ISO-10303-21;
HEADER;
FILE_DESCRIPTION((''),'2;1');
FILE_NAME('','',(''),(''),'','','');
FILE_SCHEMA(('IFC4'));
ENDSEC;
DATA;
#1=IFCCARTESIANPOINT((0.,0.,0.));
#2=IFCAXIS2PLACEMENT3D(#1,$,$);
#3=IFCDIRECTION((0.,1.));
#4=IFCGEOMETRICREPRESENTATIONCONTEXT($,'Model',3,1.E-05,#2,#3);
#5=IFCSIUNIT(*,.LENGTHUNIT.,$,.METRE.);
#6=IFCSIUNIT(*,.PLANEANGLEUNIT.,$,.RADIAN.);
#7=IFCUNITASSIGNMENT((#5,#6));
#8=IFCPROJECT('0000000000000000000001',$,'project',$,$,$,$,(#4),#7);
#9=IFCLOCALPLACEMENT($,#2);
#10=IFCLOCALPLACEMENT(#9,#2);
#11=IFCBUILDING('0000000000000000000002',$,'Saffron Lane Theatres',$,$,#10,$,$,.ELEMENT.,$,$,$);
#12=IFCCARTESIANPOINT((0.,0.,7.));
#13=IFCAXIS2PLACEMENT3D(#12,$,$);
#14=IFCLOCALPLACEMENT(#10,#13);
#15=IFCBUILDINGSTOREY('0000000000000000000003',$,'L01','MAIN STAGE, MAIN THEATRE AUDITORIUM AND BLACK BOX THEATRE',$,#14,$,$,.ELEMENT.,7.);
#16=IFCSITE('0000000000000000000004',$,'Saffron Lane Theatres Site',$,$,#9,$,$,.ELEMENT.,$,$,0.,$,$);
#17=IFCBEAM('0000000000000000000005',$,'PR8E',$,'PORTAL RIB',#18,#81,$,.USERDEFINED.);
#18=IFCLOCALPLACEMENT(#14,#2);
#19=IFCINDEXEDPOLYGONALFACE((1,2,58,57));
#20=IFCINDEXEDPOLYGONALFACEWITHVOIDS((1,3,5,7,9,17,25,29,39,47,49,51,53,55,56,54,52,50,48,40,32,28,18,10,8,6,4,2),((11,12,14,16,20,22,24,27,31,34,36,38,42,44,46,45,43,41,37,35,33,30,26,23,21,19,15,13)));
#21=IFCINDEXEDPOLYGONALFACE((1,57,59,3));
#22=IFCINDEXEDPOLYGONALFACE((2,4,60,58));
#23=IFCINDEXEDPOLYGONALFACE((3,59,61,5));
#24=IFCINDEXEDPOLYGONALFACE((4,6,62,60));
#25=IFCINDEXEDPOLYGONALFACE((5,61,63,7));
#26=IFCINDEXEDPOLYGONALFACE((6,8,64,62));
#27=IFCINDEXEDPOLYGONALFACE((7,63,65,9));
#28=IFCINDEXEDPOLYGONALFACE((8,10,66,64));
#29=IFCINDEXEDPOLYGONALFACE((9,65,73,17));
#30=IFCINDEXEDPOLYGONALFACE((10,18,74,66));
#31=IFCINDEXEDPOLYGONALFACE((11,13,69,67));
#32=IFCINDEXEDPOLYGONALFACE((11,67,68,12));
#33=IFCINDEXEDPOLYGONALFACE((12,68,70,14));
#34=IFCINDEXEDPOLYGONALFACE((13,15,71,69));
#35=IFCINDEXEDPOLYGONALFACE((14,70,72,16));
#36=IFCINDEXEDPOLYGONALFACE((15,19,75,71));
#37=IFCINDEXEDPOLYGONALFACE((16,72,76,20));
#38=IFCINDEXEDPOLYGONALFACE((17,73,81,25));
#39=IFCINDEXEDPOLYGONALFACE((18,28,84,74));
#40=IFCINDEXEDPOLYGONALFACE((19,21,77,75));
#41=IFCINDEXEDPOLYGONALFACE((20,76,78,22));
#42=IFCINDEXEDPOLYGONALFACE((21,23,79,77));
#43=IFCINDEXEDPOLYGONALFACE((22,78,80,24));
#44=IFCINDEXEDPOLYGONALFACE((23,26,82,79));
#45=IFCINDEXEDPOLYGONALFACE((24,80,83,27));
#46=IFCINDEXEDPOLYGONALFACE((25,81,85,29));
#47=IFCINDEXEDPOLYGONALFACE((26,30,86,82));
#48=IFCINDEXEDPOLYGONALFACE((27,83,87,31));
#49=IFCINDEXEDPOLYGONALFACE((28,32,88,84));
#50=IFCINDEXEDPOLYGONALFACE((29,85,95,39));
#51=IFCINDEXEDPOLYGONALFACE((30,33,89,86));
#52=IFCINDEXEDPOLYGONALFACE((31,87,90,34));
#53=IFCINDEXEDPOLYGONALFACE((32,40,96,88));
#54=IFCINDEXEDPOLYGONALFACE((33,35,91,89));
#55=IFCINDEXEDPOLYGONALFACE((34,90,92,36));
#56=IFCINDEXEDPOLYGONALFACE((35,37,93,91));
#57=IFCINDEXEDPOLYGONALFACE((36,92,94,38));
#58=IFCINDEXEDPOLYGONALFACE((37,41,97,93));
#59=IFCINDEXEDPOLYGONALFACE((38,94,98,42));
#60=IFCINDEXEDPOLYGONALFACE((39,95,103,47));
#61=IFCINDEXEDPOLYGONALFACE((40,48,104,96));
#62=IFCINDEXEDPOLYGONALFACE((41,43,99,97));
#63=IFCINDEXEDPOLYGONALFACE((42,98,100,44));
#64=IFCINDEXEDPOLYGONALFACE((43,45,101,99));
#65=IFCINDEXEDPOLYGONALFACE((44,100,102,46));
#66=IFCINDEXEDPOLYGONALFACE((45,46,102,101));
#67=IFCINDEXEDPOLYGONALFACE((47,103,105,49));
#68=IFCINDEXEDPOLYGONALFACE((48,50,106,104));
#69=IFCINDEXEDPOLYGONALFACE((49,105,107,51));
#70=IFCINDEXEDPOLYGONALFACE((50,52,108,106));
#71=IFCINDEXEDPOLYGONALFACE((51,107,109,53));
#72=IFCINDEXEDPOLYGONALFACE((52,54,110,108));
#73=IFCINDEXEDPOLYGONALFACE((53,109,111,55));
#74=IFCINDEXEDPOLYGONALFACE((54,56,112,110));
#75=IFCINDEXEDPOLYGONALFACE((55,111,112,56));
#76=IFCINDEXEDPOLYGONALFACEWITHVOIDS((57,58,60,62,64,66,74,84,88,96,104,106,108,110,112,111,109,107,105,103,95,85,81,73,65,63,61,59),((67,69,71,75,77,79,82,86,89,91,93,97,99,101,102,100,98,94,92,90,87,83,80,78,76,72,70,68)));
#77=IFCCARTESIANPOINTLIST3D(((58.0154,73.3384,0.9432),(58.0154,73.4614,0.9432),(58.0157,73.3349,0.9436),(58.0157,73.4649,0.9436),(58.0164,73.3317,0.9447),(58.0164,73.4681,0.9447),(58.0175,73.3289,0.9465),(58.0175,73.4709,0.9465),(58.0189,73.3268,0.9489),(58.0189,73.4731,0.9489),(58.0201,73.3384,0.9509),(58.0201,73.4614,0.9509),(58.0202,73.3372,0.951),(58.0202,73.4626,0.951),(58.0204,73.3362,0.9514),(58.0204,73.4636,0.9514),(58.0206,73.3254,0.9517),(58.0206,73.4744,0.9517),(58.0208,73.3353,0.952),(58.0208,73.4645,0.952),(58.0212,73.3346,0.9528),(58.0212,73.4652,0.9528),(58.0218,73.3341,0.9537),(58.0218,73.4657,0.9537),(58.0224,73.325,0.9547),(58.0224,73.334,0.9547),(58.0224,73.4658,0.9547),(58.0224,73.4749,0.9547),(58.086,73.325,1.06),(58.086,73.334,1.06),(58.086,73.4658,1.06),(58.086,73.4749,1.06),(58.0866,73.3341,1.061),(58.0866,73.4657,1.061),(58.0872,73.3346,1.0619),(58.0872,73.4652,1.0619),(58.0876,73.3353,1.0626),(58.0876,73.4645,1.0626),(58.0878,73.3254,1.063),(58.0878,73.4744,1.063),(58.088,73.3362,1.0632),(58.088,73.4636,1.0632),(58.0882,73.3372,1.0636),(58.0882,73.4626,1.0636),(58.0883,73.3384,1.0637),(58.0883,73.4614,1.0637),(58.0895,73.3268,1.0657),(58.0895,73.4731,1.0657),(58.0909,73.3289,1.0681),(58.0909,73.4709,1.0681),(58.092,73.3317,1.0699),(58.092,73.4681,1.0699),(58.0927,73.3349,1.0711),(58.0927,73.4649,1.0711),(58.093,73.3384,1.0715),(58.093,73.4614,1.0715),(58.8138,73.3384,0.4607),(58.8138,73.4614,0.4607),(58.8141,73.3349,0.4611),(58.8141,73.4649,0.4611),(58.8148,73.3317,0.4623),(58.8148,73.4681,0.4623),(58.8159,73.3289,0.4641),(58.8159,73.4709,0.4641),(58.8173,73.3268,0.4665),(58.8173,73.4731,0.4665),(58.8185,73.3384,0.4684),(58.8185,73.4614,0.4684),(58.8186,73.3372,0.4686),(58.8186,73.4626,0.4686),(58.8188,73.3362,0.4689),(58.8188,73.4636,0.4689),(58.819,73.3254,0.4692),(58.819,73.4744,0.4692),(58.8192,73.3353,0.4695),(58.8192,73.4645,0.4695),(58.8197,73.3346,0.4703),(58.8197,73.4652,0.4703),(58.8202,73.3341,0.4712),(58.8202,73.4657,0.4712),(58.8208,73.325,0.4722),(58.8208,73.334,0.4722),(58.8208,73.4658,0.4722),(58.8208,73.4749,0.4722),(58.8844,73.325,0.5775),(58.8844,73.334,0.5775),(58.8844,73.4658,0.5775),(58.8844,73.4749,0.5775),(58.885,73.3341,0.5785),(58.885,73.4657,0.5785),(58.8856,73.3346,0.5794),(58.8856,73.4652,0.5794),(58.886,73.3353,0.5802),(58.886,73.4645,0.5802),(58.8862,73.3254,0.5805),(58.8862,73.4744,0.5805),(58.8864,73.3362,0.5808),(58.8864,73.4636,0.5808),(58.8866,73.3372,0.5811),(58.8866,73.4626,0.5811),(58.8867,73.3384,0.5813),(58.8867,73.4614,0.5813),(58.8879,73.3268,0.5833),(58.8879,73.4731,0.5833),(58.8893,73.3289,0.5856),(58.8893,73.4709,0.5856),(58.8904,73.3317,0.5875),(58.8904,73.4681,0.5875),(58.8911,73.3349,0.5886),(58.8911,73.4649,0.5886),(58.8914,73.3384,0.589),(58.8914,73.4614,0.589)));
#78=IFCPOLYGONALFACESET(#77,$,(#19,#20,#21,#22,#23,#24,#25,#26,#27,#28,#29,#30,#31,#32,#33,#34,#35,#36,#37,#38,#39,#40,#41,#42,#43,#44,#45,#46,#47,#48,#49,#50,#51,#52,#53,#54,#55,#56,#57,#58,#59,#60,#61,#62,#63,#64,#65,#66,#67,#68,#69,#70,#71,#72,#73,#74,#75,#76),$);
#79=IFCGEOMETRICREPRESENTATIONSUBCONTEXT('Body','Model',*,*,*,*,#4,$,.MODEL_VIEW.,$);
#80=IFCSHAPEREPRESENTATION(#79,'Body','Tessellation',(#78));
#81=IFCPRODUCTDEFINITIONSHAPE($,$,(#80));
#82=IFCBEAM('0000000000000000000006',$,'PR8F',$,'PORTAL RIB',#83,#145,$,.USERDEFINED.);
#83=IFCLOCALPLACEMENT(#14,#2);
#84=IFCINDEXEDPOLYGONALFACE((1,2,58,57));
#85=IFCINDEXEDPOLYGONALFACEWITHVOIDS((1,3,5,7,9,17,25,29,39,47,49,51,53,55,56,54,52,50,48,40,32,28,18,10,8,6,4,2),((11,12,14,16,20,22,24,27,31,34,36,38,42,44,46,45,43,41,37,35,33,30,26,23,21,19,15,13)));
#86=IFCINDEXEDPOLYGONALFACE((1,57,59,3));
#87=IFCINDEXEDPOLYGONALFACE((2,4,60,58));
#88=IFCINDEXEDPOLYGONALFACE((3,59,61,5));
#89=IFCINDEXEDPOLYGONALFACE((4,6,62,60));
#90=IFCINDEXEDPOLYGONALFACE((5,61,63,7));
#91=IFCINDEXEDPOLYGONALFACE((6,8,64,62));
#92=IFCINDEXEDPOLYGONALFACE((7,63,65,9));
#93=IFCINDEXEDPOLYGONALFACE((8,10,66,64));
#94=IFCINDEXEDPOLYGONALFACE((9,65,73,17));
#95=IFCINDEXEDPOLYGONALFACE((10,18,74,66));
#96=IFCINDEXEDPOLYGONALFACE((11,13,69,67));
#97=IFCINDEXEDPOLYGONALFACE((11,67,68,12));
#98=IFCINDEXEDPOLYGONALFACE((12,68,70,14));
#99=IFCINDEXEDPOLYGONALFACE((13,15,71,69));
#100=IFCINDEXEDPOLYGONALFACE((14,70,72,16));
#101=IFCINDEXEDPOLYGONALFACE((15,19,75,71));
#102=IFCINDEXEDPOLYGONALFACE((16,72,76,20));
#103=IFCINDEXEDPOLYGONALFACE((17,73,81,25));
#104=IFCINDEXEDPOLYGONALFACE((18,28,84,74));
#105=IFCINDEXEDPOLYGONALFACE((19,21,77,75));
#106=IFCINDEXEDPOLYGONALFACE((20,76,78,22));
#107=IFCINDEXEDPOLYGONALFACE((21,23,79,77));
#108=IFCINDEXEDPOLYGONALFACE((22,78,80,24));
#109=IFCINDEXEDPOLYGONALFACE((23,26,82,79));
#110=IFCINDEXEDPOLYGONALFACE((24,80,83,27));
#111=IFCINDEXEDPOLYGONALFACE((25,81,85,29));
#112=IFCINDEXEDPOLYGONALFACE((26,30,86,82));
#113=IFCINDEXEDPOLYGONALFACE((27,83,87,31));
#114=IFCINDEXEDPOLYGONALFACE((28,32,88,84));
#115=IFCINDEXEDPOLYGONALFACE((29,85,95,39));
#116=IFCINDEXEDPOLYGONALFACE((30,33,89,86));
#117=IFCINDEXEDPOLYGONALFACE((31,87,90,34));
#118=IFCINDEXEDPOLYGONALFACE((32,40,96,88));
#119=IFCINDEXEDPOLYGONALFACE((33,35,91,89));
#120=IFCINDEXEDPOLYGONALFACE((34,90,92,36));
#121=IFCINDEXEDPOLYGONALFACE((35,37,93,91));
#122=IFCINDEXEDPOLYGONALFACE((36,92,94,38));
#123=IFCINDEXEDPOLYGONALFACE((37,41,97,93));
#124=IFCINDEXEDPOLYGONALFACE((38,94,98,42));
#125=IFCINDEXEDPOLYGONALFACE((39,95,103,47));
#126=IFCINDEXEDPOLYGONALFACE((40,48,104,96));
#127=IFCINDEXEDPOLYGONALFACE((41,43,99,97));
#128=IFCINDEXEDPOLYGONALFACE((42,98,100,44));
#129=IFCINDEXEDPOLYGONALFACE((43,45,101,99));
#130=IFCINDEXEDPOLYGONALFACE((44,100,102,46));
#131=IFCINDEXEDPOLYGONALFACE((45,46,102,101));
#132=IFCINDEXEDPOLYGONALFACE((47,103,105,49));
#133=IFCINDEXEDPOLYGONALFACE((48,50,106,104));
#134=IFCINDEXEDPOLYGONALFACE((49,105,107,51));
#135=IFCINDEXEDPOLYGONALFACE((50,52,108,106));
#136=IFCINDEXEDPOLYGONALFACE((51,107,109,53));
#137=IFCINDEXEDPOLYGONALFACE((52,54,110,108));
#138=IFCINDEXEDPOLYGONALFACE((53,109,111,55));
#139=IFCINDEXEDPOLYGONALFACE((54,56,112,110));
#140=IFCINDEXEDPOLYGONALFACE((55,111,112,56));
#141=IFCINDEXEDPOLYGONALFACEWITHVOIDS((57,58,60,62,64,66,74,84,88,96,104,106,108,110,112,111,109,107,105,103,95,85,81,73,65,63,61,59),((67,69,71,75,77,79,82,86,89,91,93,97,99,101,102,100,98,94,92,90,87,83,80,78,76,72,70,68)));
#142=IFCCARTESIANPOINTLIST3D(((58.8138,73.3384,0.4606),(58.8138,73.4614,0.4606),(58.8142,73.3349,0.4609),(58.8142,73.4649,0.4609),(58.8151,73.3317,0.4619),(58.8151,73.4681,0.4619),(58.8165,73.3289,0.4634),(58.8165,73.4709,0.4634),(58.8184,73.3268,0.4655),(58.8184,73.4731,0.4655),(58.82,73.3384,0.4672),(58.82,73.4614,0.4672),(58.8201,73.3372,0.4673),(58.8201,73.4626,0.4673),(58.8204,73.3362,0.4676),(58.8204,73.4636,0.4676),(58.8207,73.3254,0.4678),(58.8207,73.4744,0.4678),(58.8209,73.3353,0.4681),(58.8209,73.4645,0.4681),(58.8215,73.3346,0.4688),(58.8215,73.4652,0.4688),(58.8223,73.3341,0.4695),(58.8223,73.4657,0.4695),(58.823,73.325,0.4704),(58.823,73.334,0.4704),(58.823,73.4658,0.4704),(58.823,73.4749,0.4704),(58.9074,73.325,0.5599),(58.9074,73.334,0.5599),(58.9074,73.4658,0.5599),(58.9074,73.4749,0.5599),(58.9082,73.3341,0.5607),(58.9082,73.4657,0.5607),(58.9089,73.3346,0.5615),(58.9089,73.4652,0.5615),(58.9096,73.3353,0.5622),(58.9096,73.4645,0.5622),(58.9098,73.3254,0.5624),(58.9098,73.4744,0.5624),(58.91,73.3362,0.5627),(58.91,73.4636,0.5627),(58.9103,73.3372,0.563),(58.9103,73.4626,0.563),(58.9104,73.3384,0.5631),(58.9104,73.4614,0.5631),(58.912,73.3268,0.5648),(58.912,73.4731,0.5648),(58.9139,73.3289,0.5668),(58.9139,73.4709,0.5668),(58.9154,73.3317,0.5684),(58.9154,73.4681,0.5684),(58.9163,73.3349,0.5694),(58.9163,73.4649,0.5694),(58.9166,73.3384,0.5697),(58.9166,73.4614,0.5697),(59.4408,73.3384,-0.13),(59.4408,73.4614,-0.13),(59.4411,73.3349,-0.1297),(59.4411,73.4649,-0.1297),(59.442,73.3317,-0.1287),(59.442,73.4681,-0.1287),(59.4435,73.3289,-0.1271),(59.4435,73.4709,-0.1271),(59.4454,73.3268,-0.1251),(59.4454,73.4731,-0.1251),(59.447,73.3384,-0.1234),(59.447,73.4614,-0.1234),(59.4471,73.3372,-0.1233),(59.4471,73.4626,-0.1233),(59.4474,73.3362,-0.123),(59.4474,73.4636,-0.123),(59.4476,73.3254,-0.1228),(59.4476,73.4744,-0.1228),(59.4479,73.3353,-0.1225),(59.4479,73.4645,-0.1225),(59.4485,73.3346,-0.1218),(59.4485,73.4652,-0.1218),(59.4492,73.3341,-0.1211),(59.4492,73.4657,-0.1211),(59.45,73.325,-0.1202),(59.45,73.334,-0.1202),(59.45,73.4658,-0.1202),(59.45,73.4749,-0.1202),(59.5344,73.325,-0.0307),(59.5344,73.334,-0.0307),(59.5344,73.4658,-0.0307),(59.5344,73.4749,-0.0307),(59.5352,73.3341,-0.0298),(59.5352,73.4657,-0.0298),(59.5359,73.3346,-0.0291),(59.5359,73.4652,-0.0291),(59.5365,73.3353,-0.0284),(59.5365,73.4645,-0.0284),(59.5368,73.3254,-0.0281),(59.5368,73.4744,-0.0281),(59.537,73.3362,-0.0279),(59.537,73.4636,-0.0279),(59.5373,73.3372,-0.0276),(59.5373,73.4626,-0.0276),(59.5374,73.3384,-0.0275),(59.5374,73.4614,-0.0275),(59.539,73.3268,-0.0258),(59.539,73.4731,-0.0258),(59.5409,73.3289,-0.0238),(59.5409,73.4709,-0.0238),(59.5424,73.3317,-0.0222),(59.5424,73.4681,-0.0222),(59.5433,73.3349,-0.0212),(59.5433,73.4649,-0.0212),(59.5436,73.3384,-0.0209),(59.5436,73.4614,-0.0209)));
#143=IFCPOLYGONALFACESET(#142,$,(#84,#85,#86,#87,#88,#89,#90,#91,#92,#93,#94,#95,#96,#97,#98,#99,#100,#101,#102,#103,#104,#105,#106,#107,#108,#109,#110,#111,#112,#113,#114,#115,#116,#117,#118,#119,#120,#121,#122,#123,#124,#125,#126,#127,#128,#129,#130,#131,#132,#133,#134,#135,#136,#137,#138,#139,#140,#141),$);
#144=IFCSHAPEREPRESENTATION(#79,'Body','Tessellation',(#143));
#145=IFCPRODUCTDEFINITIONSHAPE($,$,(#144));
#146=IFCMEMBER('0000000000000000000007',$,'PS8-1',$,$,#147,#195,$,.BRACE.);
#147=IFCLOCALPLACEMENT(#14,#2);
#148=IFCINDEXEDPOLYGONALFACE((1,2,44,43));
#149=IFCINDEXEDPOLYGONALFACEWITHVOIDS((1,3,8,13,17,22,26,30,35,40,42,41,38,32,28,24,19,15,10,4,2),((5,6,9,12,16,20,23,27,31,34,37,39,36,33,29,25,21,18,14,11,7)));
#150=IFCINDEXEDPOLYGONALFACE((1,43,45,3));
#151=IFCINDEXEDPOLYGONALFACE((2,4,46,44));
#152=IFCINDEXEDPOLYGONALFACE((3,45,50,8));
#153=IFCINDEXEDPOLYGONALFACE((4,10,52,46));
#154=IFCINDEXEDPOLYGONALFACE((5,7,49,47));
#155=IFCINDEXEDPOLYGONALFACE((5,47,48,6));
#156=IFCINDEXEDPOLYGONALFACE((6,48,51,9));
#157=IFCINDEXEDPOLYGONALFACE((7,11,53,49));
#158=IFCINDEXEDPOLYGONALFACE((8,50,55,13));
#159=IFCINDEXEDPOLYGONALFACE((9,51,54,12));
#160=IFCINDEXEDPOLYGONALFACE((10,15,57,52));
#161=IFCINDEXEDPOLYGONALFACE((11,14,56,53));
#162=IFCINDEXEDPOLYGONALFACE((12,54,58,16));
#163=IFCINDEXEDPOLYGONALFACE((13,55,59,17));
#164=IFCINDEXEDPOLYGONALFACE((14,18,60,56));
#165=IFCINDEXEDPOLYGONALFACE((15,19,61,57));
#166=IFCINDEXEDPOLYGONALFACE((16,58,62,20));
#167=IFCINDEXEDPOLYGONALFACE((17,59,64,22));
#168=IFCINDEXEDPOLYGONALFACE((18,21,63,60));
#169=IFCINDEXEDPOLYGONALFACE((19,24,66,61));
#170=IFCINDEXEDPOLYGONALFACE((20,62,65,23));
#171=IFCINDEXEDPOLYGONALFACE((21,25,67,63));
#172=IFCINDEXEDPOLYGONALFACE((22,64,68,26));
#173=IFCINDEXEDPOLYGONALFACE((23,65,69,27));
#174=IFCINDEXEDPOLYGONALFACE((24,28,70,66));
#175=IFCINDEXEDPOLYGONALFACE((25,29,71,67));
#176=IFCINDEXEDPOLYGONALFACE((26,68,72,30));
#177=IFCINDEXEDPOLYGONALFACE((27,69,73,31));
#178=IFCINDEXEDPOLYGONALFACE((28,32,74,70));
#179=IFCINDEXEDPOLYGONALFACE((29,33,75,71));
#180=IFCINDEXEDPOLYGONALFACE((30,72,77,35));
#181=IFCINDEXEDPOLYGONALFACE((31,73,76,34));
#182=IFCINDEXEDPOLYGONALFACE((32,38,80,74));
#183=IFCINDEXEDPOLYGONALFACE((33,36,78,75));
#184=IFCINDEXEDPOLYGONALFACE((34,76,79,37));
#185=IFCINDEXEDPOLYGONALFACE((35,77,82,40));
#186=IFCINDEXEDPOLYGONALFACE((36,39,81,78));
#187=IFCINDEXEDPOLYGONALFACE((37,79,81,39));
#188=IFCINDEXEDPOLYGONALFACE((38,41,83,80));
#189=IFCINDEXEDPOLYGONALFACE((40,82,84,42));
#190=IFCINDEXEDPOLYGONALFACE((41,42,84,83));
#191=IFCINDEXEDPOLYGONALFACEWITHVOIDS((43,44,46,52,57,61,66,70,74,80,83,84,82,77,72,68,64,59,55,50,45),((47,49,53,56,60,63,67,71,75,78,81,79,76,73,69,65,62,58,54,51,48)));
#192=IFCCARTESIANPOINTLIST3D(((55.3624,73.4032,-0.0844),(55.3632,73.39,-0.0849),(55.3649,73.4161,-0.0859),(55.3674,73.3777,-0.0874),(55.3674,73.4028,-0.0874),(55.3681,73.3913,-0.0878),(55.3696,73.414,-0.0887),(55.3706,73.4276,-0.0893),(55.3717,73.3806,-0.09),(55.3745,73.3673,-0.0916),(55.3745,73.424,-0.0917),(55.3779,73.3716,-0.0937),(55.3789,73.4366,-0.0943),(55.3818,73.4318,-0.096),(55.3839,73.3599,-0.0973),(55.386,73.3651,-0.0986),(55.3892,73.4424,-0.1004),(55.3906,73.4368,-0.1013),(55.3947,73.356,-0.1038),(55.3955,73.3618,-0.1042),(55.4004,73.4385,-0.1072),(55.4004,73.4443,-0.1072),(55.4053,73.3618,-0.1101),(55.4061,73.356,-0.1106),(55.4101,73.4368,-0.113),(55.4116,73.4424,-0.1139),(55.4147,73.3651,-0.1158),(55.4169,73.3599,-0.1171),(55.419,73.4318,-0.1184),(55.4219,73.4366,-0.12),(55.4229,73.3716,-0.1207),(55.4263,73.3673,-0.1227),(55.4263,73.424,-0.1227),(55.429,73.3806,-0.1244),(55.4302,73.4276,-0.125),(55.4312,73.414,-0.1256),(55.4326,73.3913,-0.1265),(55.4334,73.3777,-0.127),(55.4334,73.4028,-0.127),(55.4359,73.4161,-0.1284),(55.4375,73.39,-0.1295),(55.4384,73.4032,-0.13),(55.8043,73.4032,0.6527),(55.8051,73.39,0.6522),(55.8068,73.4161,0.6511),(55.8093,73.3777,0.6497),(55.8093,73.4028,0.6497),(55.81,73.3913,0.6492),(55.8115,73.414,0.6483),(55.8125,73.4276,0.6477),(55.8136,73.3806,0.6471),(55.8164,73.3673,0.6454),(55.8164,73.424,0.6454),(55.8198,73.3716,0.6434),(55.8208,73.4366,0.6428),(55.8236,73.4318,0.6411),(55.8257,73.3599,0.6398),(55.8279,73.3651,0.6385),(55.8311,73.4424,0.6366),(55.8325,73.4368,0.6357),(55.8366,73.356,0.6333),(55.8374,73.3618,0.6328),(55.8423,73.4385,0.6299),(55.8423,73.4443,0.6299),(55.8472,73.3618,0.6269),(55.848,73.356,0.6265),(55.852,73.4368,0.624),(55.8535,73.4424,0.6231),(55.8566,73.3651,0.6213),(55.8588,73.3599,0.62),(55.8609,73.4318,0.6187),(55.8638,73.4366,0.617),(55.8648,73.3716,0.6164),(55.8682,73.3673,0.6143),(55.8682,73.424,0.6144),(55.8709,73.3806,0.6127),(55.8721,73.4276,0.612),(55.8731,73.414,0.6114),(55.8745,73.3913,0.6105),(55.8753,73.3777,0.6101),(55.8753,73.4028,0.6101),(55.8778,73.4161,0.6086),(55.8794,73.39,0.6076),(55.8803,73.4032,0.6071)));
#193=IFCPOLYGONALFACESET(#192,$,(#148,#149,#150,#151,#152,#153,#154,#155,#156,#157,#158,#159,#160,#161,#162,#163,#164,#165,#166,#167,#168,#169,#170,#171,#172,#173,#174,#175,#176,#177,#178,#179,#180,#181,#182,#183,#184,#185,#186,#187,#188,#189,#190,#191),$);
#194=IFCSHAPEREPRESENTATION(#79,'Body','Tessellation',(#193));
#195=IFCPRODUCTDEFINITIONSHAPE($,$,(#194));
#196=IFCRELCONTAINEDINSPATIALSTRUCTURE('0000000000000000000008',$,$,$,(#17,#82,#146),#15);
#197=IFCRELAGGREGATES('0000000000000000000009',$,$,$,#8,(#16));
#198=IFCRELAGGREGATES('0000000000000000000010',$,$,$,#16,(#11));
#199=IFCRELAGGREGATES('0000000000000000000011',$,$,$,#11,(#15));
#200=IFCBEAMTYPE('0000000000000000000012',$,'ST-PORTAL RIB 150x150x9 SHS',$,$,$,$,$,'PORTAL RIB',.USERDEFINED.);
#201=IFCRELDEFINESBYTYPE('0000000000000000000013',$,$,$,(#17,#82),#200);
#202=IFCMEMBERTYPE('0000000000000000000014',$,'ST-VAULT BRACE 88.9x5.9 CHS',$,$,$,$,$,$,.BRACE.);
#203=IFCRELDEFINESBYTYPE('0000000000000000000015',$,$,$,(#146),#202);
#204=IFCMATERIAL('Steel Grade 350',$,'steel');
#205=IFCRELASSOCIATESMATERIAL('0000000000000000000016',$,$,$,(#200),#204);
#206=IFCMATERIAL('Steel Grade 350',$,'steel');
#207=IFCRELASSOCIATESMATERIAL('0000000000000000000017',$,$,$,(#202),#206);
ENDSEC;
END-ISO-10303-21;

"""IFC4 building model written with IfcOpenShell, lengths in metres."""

from ifc_helpers import new_model, si_unit, direction, frame, origin, origin_2d, place, context, subcontext, project, spatial, hollow_rectangle, hollow_circle, extrude, material, material_profile, profile_set, type_object, element, save


model = new_model("IFC4")

# Units and contexts
model_context = context("Model", 3, precision=1e-05, world=origin(), true_north=direction((0.0, 1.0)))
body_context = subcontext(model_context, "Body", "Model", "MODEL_VIEW")
ifc_project = project(units=[si_unit("LENGTHUNIT", "METRE"), si_unit("PLANEANGLEUNIT", "RADIAN")], contexts=[model_context])

# Site, building, storey
site_placement = place(None, origin())
site = spatial("IfcSite", under=ifc_project, at=site_placement, Name="Saffron Lane Theatres Site", CompositionType="ELEMENT", RefElevation=0.0)
building_placement = place(site_placement, origin())
building = spatial("IfcBuilding", under=site, at=building_placement, Name="Saffron Lane Theatres", CompositionType="ELEMENT")
storey_placement = place(building_placement, frame((0.0, 0.0, 7.0)))
storey = spatial("IfcBuildingStorey", under=building, at=storey_placement, Name="L01", Description="MAIN STAGE, MAIN THEATRE AUDITORIUM AND BLACK BOX THEATRE", CompositionType="ELEMENT", Elevation=7.0)

# Beams
ifc_material_1 = material(Name="Steel Grade 350", Category="steel")
ifc_material_profile_1 = material_profile(ifc_material_1, hollow_rectangle(XDim=0.1499, YDim=0.1499, WallThickness=0.009, InnerFilletRadius=0.0044, OuterFilletRadius=0.0134, at=origin_2d()))
ifc_profile_set_1 = profile_set([ifc_material_profile_1], Name="Steel Grade 350")
beam_type_1 = type_object("IfcBeamType", Name="ST-PORTAL RIB 150x150x9 SHS", ElementType="PORTAL RIB", PredefinedType="USERDEFINED", material=ifc_profile_set_1)
beam_1_placement = place(storey_placement, frame((58.0542, 73.3999, 1.0073), z_axis=(0.855872, 0.0, -0.517188), x_axis=(0.0, 1.0, 0.0)))
element("IfcBeam", 1, at=beam_1_placement, inside=storey, type_object=beam_type_1, Name="PR8E", ObjectType="PORTAL RIB", PredefinedType="USERDEFINED", context=body_context, shape_type="SweptSolid", body=[
    extrude(hollow_rectangle(XDim=0.1499, YDim=0.1499, WallThickness=0.009, InnerFilletRadius=0.0044, OuterFilletRadius=0.0134, at=origin_2d()), origin(), (0.0, 0.0, 1.0), 0.9329),
])
beam_2_placement = place(storey_placement, frame((58.8652, 73.3999, 0.5151), z_axis=(0.727909, 0.0, -0.685674), x_axis=(0.0, 1.0, 0.0)))
element("IfcBeam", 2, at=beam_2_placement, inside=storey, type_object=beam_type_1, Name="PR8F", ObjectType="PORTAL RIB", PredefinedType="USERDEFINED", context=body_context, shape_type="SweptSolid", body=[
    extrude(hollow_rectangle(XDim=0.1499, YDim=0.1499, WallThickness=0.009, InnerFilletRadius=0.0044, OuterFilletRadius=0.0134, at=origin_2d()), origin(), (0.0, 0.0, 1.0), 0.8613),
])

# Member
ifc_material_2 = material(Name="Steel Grade 350", Category="steel")
ifc_material_profile_2 = material_profile(ifc_material_2, hollow_circle(Radius=0.0444, WallThickness=0.0059, at=origin_2d()))
ifc_profile_set_2 = profile_set([ifc_material_profile_2], Name="Steel Grade 350")
member_type_1 = type_object("IfcMemberType", Name="ST-VAULT BRACE 88.9x5.9 CHS", PredefinedType="BRACE", material=ifc_profile_set_2)
member_1_placement = place(storey_placement, frame((55.4004, 73.3999, -0.1072), z_axis=(0.514203, 0.0, 0.857668), x_axis=(0.0, 1.0, 0.0)))
element("IfcMember", 3, at=member_1_placement, inside=storey, type_object=member_type_1, Name="PS8-1", PredefinedType="BRACE", context=body_context, shape_type="SweptSolid", body=[
    extrude(hollow_circle(Radius=0.0444, WallThickness=0.0059, at=origin_2d()), origin(), (0.0, 0.0, 1.0), 0.8594),
])

save(model, "model.ifc")
